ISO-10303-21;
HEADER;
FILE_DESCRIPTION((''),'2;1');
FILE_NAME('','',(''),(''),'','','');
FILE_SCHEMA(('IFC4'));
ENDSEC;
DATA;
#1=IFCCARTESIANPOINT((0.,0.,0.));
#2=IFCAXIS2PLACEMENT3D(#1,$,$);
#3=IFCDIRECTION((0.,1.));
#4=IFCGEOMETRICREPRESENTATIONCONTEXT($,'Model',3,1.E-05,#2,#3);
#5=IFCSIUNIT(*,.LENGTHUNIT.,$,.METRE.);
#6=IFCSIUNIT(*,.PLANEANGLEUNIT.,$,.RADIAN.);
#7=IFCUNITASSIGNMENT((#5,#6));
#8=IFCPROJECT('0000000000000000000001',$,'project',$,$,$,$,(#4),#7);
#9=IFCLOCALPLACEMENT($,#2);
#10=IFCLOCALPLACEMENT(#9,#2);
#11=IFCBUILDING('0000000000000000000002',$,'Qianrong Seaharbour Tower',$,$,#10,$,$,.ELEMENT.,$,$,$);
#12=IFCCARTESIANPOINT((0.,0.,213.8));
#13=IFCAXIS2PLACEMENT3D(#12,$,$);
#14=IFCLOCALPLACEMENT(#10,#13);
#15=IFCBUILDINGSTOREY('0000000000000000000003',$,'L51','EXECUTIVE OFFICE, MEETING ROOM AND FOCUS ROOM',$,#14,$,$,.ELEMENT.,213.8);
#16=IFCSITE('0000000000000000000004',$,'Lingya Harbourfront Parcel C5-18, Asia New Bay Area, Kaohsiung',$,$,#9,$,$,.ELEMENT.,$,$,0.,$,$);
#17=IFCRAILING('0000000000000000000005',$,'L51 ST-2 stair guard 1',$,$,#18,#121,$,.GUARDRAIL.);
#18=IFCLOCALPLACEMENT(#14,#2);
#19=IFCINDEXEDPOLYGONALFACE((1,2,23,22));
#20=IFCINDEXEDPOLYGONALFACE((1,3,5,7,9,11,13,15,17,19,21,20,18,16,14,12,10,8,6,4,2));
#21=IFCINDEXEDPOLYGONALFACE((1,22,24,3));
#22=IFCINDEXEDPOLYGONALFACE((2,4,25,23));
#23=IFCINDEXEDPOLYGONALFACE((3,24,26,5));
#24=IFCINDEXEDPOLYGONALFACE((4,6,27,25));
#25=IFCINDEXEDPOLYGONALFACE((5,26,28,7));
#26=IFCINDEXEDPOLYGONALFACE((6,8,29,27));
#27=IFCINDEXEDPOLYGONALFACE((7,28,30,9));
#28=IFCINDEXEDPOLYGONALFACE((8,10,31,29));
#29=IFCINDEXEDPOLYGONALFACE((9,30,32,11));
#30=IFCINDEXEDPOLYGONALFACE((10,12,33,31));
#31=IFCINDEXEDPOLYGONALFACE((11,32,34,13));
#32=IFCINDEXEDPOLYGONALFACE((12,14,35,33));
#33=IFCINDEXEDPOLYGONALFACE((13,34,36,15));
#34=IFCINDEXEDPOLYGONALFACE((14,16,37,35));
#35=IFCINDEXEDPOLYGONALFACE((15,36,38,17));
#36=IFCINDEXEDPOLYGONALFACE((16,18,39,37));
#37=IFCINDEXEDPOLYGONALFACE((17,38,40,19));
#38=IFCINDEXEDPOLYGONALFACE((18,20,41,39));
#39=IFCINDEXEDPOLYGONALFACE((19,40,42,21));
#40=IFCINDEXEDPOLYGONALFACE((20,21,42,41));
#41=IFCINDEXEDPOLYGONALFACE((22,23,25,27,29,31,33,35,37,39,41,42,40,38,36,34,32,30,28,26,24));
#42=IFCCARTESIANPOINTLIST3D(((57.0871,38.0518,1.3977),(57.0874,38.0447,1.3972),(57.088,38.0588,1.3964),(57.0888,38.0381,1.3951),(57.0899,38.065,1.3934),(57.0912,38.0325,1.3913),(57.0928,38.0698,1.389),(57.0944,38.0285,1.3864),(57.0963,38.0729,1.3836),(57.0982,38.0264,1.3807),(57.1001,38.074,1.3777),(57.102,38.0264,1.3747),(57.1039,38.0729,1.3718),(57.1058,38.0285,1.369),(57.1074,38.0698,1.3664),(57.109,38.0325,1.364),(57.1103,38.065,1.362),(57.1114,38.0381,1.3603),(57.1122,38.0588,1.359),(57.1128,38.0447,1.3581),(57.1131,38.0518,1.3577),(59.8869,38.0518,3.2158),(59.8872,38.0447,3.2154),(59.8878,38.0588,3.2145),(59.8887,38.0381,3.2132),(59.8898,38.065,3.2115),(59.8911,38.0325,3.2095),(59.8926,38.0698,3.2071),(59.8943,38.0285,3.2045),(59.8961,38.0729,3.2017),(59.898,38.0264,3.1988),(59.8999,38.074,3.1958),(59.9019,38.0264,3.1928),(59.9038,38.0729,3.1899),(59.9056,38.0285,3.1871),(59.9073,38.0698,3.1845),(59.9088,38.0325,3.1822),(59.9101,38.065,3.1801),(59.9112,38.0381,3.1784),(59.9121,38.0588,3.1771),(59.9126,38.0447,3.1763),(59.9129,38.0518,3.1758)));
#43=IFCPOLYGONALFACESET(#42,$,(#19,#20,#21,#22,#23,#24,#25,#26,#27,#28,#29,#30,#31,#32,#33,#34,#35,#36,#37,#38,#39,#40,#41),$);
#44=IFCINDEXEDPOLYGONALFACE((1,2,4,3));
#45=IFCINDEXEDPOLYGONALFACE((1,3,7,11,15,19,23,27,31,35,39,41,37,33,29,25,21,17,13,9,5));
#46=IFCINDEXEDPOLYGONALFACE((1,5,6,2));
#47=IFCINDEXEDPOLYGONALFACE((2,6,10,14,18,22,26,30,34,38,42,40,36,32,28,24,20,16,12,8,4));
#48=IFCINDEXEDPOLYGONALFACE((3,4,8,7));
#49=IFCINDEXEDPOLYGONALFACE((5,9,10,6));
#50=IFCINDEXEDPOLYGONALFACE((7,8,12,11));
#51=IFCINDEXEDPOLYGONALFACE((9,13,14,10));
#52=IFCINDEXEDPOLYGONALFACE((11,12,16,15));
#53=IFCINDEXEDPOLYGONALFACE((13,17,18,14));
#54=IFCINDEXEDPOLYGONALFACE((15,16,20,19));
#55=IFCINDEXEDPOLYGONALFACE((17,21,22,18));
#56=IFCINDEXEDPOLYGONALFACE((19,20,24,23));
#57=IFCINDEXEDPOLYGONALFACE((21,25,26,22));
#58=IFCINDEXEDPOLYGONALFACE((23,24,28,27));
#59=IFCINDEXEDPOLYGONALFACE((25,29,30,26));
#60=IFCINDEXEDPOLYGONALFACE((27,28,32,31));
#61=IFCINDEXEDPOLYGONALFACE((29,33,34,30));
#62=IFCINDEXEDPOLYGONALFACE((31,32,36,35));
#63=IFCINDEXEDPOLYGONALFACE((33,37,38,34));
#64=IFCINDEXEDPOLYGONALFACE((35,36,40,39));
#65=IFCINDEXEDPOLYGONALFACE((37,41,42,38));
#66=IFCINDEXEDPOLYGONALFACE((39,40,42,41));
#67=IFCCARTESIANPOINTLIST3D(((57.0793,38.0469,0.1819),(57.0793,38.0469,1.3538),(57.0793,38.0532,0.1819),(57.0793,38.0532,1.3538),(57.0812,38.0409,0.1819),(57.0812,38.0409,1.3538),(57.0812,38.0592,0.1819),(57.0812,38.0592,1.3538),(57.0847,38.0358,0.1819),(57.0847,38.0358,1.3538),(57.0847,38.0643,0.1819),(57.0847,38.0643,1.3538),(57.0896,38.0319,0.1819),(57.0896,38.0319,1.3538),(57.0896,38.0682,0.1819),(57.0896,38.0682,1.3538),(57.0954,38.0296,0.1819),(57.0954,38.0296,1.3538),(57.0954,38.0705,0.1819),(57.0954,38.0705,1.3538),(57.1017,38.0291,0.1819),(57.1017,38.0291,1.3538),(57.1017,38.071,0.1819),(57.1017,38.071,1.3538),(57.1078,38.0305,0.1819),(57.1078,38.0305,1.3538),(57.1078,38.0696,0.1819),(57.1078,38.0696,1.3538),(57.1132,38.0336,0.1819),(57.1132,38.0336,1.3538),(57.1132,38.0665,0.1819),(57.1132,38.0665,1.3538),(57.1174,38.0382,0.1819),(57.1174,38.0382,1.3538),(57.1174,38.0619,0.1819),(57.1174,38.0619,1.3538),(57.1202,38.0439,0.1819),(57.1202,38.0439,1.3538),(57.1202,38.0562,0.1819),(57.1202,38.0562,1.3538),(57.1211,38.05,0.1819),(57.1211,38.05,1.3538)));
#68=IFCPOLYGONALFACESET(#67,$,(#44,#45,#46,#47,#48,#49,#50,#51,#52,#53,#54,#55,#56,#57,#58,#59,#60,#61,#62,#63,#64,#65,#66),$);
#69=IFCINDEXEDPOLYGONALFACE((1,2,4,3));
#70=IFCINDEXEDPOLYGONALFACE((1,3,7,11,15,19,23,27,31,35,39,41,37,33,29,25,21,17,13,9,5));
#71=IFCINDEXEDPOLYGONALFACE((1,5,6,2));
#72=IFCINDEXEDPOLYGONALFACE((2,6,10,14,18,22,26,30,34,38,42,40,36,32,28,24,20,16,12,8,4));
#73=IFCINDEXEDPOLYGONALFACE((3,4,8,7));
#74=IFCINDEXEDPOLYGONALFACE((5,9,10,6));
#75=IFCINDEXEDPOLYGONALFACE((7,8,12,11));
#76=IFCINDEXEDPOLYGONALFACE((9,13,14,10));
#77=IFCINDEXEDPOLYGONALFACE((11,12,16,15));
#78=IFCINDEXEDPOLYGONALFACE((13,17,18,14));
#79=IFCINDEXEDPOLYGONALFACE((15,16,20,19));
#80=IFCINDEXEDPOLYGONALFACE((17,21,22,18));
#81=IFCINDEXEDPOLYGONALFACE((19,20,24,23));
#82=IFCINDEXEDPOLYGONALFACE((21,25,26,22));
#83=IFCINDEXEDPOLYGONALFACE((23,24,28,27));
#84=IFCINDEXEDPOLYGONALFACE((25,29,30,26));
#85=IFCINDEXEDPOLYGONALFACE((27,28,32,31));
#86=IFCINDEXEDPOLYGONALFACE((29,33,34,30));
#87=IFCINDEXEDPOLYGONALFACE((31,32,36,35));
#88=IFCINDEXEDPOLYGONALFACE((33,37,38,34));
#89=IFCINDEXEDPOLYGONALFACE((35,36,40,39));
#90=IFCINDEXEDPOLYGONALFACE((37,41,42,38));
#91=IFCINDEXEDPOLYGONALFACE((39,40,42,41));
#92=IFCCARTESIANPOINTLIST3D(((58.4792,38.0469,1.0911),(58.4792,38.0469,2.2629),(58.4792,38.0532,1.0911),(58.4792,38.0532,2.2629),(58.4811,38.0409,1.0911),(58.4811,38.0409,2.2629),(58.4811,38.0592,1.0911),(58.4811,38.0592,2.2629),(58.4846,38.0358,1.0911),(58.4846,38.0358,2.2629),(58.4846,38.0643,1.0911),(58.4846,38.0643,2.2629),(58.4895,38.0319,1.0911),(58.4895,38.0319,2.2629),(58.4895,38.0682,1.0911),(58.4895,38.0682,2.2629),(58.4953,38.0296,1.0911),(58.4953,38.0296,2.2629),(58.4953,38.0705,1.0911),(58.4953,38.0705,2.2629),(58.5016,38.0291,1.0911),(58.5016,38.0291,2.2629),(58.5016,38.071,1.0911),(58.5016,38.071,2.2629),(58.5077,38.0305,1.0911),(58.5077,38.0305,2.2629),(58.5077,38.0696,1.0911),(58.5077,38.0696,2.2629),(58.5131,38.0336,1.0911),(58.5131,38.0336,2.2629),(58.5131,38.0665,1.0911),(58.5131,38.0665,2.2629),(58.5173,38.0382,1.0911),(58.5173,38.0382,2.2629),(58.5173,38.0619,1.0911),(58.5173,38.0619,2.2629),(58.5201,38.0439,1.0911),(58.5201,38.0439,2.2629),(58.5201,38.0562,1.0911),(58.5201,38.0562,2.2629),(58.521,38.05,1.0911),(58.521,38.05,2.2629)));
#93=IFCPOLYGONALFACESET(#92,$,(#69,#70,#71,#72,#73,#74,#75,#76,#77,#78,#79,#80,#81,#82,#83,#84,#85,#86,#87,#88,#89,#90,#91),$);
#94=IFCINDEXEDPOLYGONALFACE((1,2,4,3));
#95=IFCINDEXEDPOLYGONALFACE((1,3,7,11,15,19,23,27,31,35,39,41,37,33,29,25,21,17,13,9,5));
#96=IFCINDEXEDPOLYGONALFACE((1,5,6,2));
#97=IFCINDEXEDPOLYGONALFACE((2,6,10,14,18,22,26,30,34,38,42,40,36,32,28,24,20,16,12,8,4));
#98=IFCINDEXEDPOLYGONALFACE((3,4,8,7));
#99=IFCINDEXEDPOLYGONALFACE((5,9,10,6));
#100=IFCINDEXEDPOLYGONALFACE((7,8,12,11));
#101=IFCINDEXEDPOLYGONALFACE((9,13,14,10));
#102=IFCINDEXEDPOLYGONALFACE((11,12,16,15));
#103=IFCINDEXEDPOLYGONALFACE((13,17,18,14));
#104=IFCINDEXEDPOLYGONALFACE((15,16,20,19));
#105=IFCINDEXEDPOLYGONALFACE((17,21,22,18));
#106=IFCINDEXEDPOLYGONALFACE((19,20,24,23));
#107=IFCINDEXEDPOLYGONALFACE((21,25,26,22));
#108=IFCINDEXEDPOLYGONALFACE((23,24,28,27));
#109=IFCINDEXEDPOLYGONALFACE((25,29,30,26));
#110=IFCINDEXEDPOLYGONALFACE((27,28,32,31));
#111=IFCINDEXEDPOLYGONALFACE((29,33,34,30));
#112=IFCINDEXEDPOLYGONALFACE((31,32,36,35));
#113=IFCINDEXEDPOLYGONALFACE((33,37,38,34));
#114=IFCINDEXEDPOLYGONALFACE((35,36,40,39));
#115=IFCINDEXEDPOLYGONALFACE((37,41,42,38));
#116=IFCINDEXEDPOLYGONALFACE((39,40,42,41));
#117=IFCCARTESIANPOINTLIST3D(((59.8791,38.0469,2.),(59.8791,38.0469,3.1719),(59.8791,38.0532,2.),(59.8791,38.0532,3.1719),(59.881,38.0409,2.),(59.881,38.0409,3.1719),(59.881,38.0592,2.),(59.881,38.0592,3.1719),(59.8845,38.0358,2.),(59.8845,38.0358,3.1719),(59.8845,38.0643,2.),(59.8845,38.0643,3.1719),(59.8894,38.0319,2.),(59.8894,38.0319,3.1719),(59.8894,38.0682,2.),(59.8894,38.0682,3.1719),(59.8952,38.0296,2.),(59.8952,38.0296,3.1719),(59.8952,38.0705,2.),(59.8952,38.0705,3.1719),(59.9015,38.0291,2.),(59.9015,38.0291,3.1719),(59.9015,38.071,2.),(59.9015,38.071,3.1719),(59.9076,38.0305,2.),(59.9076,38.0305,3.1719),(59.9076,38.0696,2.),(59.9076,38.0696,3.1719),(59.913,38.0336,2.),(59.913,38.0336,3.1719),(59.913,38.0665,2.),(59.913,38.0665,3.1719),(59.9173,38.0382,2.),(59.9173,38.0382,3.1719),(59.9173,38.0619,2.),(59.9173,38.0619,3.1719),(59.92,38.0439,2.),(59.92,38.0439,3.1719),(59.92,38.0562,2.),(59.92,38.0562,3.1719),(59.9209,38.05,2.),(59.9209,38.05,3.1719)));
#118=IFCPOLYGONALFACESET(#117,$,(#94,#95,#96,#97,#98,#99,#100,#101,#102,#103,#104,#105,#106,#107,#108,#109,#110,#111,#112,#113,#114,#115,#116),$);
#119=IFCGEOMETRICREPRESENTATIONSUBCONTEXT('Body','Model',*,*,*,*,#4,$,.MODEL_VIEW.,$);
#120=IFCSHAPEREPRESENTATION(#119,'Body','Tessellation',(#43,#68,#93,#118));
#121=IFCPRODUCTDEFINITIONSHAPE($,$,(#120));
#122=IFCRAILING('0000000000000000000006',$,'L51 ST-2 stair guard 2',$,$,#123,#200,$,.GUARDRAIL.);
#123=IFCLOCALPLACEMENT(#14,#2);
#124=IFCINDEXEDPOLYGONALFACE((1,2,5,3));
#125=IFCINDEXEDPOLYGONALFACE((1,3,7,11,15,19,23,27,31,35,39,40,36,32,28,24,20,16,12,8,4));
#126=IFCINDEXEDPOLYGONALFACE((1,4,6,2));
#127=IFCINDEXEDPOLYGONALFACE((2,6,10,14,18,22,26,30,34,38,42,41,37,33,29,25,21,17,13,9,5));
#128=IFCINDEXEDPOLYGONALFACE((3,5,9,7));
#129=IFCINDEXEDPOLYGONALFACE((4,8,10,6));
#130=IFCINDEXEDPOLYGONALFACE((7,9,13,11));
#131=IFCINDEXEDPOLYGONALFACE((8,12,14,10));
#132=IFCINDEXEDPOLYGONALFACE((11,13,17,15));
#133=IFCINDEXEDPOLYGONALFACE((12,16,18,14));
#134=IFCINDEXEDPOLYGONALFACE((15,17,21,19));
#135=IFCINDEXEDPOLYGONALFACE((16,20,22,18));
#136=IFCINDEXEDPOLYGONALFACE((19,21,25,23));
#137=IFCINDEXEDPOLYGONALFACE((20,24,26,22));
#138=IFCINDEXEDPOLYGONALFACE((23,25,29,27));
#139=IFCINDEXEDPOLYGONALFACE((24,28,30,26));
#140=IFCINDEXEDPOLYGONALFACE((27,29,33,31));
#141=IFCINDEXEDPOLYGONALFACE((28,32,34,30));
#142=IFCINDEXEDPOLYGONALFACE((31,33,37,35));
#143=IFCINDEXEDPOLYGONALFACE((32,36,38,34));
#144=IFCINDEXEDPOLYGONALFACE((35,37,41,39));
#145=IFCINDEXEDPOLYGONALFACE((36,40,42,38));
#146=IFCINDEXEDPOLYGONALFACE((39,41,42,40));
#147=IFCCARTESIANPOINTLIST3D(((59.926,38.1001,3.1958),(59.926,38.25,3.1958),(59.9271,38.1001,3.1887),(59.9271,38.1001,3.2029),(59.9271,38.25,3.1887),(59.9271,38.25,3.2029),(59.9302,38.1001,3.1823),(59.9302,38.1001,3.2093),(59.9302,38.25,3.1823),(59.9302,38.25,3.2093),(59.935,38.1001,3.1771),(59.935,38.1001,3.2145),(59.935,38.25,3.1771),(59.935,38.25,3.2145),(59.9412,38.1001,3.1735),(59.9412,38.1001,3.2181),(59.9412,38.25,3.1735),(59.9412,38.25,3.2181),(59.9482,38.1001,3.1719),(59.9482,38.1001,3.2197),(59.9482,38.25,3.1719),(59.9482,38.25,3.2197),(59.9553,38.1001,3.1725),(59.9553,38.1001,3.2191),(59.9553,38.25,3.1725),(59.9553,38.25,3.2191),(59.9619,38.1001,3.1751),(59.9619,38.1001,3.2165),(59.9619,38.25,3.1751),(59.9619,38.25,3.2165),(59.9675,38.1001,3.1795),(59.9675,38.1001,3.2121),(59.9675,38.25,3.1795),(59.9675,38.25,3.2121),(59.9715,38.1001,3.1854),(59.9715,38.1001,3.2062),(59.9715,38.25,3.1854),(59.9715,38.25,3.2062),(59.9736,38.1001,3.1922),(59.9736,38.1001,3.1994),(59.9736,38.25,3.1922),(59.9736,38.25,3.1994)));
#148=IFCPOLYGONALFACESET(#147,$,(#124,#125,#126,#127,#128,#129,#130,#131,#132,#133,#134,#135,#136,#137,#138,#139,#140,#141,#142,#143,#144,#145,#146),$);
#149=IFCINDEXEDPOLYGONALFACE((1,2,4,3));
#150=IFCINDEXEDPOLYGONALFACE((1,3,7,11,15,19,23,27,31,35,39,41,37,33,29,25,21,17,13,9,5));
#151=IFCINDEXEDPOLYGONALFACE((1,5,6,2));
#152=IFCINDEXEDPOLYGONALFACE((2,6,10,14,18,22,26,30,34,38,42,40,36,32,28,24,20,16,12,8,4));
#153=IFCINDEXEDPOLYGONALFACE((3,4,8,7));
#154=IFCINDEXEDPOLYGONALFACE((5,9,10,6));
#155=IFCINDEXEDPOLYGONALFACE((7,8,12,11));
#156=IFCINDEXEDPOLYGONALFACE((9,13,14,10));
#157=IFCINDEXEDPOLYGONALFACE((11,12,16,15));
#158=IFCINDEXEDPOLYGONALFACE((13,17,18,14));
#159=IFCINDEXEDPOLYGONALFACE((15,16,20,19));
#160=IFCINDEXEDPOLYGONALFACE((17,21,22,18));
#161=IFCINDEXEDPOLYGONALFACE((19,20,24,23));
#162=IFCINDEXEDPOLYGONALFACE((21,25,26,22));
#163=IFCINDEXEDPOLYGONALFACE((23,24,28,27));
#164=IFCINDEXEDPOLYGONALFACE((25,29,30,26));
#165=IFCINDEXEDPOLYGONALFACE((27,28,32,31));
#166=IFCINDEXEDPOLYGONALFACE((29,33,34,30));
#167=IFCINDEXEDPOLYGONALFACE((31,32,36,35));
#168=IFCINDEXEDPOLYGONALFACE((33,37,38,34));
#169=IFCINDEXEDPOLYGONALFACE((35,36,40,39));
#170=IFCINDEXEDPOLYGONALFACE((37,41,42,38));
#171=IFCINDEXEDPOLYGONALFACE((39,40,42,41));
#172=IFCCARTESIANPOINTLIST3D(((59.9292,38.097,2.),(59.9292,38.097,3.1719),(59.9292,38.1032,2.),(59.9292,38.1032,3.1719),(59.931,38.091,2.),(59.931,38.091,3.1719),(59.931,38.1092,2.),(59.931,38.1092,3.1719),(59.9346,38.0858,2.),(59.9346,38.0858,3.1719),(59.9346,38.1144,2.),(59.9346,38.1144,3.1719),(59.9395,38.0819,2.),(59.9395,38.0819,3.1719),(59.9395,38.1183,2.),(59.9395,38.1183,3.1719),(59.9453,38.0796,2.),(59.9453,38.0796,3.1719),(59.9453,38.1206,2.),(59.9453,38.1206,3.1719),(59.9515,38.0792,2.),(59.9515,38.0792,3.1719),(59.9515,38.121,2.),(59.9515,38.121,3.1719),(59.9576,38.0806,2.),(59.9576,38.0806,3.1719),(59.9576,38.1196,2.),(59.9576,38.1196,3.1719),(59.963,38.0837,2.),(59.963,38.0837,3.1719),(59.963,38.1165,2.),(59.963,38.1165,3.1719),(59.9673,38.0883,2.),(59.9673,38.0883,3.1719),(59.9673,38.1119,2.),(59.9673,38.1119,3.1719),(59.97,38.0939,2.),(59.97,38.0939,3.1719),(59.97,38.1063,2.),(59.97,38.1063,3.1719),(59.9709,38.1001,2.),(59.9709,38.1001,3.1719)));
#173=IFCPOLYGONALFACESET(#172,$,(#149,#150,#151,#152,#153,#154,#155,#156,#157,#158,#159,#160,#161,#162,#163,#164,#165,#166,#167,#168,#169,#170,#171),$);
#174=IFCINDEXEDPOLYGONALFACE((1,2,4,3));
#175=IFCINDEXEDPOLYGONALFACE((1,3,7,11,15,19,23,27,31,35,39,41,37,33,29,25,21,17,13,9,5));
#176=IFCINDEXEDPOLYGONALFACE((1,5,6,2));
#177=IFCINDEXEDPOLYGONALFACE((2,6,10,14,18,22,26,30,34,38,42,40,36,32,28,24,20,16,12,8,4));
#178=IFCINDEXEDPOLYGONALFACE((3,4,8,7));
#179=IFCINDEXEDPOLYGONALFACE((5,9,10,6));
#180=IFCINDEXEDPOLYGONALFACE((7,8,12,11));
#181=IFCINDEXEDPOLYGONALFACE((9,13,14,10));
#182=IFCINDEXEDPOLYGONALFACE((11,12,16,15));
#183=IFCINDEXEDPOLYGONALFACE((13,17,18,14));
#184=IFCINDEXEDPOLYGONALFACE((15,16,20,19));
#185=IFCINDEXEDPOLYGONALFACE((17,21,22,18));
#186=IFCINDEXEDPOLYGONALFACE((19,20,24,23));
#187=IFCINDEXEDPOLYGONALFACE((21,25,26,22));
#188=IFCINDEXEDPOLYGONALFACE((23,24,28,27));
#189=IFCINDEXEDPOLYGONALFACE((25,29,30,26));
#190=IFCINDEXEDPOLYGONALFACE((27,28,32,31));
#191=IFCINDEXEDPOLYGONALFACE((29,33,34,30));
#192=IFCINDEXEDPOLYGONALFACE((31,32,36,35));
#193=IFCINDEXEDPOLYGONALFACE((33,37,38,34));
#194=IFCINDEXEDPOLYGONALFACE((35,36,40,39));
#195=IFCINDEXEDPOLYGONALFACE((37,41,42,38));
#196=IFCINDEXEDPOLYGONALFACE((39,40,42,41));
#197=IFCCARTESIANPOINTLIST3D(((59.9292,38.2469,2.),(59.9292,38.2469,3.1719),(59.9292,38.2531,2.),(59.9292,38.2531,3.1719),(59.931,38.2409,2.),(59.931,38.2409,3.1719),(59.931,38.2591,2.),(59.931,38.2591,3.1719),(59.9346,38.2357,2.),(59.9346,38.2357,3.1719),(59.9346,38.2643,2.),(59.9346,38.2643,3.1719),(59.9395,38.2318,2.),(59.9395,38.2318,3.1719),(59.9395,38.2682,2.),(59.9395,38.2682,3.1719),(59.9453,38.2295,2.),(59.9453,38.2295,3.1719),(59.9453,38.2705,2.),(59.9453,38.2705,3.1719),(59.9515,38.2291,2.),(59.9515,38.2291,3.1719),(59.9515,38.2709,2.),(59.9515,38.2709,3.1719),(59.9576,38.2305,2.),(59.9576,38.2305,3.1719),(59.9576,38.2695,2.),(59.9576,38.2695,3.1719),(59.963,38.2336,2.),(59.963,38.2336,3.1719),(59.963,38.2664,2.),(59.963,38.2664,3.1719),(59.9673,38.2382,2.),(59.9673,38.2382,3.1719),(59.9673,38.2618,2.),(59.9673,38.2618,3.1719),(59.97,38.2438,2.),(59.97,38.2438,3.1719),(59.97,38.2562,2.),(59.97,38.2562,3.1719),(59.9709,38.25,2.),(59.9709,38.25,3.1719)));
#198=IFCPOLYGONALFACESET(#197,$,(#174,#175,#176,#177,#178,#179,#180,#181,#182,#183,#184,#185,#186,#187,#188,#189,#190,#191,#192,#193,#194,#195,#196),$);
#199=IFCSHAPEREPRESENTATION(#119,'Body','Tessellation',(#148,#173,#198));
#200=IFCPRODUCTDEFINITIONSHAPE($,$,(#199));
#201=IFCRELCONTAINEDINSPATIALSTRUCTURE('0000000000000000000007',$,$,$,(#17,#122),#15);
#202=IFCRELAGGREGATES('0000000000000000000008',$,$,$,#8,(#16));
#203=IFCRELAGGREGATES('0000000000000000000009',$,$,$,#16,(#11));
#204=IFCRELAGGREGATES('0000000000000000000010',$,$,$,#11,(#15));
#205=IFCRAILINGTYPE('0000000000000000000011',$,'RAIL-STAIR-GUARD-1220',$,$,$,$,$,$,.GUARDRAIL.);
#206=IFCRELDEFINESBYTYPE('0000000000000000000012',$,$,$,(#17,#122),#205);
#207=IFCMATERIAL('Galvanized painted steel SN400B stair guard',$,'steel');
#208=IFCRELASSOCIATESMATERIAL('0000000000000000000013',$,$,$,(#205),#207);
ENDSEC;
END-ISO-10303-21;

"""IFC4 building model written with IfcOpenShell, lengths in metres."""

from ifc_helpers import new_model, si_unit, direction, frame, origin, origin_2d, place, context, subcontext, project, spatial, circle, extrude, material, type_object, element, save


model = new_model("IFC4")

# Units and contexts
model_context = context("Model", 3, precision=1e-05, world=origin(), true_north=direction((0.0, 1.0)))
body_context = subcontext(model_context, "Body", "Model", "MODEL_VIEW")
ifc_project = project(units=[si_unit("LENGTHUNIT", "METRE"), si_unit("PLANEANGLEUNIT", "RADIAN")], contexts=[model_context])

# Site, building, storey
site_placement = place(None, origin())
site = spatial("IfcSite", under=ifc_project, at=site_placement, Name="Lingya Harbourfront Parcel C5-18, Asia New Bay Area, Kaohsiung", CompositionType="ELEMENT", RefElevation=0.0)
building_placement = place(site_placement, origin())
building = spatial("IfcBuilding", under=site, at=building_placement, Name="Qianrong Seaharbour Tower", CompositionType="ELEMENT")
storey_placement = place(building_placement, frame((0.0, 0.0, 213.8)))
storey = spatial("IfcBuildingStorey", under=building, at=storey_placement, Name="L51", Description="EXECUTIVE OFFICE, MEETING ROOM AND FOCUS ROOM", CompositionType="ELEMENT", Elevation=213.8)

# Railings
ifc_material_1 = material(Name="Galvanized painted steel SN400B stair guard", Category="steel")
railing_type_1 = type_object("IfcRailingType", Name="RAIL-STAIR-GUARD-1220", PredefinedType="GUARDRAIL", material=ifc_material_1)
railing_1_placement = place(storey_placement, frame((57.1001, 38.05, 0.1819)))
element("IfcRailing", 1, at=railing_1_placement, inside=storey, type_object=railing_type_1, Name="L51 ST-2 stair guard 1", PredefinedType="GUARDRAIL", context=body_context, shape_type="SweptSolid", body=[
    extrude(circle(Radius=0.0239, at=origin_2d()), frame((0.0, 0.0, 1.1958), z_axis=(0.838684, 0.0, 0.544618), x_axis=(0.0, 1.0, 0.0)), (0.0, 0.0, 1.0), 3.3384),
    extrude(circle(Radius=0.021, at=origin_2d()), origin(), (0.0, 0.0, 1.0), 1.1719),
    extrude(circle(Radius=0.021, at=origin_2d()), frame((1.3999, 0.0, 0.9092)), (0.0, 0.0, 1.0), 1.1719),
    extrude(circle(Radius=0.021, at=origin_2d()), frame((2.7998, 0.0, 1.8181)), (0.0, 0.0, 1.0), 1.1719),
])
railing_2_placement = place(storey_placement, frame((59.95, 38.1001, 2.0)))
element("IfcRailing", 2, at=railing_2_placement, inside=storey, type_object=railing_type_1, Name="L51 ST-2 stair guard 2", PredefinedType="GUARDRAIL", context=body_context, shape_type="SweptSolid", body=[
    extrude(circle(Radius=0.0239, at=origin_2d()), frame((0.0, 0.0, 1.1958), z_axis=(0.0, 1.0, 0.0), x_axis=(-1.0, 0.0, 0.0)), (0.0, 0.0, 1.0), 0.1499),
    extrude(circle(Radius=0.021, at=origin_2d()), origin(), (0.0, 0.0, 1.0), 1.1719),
    extrude(circle(Radius=0.021, at=origin_2d()), frame((0.0, 0.1499, 0.0)), (0.0, 0.0, 1.0), 1.1719),
])

save(model, "model.ifc")
